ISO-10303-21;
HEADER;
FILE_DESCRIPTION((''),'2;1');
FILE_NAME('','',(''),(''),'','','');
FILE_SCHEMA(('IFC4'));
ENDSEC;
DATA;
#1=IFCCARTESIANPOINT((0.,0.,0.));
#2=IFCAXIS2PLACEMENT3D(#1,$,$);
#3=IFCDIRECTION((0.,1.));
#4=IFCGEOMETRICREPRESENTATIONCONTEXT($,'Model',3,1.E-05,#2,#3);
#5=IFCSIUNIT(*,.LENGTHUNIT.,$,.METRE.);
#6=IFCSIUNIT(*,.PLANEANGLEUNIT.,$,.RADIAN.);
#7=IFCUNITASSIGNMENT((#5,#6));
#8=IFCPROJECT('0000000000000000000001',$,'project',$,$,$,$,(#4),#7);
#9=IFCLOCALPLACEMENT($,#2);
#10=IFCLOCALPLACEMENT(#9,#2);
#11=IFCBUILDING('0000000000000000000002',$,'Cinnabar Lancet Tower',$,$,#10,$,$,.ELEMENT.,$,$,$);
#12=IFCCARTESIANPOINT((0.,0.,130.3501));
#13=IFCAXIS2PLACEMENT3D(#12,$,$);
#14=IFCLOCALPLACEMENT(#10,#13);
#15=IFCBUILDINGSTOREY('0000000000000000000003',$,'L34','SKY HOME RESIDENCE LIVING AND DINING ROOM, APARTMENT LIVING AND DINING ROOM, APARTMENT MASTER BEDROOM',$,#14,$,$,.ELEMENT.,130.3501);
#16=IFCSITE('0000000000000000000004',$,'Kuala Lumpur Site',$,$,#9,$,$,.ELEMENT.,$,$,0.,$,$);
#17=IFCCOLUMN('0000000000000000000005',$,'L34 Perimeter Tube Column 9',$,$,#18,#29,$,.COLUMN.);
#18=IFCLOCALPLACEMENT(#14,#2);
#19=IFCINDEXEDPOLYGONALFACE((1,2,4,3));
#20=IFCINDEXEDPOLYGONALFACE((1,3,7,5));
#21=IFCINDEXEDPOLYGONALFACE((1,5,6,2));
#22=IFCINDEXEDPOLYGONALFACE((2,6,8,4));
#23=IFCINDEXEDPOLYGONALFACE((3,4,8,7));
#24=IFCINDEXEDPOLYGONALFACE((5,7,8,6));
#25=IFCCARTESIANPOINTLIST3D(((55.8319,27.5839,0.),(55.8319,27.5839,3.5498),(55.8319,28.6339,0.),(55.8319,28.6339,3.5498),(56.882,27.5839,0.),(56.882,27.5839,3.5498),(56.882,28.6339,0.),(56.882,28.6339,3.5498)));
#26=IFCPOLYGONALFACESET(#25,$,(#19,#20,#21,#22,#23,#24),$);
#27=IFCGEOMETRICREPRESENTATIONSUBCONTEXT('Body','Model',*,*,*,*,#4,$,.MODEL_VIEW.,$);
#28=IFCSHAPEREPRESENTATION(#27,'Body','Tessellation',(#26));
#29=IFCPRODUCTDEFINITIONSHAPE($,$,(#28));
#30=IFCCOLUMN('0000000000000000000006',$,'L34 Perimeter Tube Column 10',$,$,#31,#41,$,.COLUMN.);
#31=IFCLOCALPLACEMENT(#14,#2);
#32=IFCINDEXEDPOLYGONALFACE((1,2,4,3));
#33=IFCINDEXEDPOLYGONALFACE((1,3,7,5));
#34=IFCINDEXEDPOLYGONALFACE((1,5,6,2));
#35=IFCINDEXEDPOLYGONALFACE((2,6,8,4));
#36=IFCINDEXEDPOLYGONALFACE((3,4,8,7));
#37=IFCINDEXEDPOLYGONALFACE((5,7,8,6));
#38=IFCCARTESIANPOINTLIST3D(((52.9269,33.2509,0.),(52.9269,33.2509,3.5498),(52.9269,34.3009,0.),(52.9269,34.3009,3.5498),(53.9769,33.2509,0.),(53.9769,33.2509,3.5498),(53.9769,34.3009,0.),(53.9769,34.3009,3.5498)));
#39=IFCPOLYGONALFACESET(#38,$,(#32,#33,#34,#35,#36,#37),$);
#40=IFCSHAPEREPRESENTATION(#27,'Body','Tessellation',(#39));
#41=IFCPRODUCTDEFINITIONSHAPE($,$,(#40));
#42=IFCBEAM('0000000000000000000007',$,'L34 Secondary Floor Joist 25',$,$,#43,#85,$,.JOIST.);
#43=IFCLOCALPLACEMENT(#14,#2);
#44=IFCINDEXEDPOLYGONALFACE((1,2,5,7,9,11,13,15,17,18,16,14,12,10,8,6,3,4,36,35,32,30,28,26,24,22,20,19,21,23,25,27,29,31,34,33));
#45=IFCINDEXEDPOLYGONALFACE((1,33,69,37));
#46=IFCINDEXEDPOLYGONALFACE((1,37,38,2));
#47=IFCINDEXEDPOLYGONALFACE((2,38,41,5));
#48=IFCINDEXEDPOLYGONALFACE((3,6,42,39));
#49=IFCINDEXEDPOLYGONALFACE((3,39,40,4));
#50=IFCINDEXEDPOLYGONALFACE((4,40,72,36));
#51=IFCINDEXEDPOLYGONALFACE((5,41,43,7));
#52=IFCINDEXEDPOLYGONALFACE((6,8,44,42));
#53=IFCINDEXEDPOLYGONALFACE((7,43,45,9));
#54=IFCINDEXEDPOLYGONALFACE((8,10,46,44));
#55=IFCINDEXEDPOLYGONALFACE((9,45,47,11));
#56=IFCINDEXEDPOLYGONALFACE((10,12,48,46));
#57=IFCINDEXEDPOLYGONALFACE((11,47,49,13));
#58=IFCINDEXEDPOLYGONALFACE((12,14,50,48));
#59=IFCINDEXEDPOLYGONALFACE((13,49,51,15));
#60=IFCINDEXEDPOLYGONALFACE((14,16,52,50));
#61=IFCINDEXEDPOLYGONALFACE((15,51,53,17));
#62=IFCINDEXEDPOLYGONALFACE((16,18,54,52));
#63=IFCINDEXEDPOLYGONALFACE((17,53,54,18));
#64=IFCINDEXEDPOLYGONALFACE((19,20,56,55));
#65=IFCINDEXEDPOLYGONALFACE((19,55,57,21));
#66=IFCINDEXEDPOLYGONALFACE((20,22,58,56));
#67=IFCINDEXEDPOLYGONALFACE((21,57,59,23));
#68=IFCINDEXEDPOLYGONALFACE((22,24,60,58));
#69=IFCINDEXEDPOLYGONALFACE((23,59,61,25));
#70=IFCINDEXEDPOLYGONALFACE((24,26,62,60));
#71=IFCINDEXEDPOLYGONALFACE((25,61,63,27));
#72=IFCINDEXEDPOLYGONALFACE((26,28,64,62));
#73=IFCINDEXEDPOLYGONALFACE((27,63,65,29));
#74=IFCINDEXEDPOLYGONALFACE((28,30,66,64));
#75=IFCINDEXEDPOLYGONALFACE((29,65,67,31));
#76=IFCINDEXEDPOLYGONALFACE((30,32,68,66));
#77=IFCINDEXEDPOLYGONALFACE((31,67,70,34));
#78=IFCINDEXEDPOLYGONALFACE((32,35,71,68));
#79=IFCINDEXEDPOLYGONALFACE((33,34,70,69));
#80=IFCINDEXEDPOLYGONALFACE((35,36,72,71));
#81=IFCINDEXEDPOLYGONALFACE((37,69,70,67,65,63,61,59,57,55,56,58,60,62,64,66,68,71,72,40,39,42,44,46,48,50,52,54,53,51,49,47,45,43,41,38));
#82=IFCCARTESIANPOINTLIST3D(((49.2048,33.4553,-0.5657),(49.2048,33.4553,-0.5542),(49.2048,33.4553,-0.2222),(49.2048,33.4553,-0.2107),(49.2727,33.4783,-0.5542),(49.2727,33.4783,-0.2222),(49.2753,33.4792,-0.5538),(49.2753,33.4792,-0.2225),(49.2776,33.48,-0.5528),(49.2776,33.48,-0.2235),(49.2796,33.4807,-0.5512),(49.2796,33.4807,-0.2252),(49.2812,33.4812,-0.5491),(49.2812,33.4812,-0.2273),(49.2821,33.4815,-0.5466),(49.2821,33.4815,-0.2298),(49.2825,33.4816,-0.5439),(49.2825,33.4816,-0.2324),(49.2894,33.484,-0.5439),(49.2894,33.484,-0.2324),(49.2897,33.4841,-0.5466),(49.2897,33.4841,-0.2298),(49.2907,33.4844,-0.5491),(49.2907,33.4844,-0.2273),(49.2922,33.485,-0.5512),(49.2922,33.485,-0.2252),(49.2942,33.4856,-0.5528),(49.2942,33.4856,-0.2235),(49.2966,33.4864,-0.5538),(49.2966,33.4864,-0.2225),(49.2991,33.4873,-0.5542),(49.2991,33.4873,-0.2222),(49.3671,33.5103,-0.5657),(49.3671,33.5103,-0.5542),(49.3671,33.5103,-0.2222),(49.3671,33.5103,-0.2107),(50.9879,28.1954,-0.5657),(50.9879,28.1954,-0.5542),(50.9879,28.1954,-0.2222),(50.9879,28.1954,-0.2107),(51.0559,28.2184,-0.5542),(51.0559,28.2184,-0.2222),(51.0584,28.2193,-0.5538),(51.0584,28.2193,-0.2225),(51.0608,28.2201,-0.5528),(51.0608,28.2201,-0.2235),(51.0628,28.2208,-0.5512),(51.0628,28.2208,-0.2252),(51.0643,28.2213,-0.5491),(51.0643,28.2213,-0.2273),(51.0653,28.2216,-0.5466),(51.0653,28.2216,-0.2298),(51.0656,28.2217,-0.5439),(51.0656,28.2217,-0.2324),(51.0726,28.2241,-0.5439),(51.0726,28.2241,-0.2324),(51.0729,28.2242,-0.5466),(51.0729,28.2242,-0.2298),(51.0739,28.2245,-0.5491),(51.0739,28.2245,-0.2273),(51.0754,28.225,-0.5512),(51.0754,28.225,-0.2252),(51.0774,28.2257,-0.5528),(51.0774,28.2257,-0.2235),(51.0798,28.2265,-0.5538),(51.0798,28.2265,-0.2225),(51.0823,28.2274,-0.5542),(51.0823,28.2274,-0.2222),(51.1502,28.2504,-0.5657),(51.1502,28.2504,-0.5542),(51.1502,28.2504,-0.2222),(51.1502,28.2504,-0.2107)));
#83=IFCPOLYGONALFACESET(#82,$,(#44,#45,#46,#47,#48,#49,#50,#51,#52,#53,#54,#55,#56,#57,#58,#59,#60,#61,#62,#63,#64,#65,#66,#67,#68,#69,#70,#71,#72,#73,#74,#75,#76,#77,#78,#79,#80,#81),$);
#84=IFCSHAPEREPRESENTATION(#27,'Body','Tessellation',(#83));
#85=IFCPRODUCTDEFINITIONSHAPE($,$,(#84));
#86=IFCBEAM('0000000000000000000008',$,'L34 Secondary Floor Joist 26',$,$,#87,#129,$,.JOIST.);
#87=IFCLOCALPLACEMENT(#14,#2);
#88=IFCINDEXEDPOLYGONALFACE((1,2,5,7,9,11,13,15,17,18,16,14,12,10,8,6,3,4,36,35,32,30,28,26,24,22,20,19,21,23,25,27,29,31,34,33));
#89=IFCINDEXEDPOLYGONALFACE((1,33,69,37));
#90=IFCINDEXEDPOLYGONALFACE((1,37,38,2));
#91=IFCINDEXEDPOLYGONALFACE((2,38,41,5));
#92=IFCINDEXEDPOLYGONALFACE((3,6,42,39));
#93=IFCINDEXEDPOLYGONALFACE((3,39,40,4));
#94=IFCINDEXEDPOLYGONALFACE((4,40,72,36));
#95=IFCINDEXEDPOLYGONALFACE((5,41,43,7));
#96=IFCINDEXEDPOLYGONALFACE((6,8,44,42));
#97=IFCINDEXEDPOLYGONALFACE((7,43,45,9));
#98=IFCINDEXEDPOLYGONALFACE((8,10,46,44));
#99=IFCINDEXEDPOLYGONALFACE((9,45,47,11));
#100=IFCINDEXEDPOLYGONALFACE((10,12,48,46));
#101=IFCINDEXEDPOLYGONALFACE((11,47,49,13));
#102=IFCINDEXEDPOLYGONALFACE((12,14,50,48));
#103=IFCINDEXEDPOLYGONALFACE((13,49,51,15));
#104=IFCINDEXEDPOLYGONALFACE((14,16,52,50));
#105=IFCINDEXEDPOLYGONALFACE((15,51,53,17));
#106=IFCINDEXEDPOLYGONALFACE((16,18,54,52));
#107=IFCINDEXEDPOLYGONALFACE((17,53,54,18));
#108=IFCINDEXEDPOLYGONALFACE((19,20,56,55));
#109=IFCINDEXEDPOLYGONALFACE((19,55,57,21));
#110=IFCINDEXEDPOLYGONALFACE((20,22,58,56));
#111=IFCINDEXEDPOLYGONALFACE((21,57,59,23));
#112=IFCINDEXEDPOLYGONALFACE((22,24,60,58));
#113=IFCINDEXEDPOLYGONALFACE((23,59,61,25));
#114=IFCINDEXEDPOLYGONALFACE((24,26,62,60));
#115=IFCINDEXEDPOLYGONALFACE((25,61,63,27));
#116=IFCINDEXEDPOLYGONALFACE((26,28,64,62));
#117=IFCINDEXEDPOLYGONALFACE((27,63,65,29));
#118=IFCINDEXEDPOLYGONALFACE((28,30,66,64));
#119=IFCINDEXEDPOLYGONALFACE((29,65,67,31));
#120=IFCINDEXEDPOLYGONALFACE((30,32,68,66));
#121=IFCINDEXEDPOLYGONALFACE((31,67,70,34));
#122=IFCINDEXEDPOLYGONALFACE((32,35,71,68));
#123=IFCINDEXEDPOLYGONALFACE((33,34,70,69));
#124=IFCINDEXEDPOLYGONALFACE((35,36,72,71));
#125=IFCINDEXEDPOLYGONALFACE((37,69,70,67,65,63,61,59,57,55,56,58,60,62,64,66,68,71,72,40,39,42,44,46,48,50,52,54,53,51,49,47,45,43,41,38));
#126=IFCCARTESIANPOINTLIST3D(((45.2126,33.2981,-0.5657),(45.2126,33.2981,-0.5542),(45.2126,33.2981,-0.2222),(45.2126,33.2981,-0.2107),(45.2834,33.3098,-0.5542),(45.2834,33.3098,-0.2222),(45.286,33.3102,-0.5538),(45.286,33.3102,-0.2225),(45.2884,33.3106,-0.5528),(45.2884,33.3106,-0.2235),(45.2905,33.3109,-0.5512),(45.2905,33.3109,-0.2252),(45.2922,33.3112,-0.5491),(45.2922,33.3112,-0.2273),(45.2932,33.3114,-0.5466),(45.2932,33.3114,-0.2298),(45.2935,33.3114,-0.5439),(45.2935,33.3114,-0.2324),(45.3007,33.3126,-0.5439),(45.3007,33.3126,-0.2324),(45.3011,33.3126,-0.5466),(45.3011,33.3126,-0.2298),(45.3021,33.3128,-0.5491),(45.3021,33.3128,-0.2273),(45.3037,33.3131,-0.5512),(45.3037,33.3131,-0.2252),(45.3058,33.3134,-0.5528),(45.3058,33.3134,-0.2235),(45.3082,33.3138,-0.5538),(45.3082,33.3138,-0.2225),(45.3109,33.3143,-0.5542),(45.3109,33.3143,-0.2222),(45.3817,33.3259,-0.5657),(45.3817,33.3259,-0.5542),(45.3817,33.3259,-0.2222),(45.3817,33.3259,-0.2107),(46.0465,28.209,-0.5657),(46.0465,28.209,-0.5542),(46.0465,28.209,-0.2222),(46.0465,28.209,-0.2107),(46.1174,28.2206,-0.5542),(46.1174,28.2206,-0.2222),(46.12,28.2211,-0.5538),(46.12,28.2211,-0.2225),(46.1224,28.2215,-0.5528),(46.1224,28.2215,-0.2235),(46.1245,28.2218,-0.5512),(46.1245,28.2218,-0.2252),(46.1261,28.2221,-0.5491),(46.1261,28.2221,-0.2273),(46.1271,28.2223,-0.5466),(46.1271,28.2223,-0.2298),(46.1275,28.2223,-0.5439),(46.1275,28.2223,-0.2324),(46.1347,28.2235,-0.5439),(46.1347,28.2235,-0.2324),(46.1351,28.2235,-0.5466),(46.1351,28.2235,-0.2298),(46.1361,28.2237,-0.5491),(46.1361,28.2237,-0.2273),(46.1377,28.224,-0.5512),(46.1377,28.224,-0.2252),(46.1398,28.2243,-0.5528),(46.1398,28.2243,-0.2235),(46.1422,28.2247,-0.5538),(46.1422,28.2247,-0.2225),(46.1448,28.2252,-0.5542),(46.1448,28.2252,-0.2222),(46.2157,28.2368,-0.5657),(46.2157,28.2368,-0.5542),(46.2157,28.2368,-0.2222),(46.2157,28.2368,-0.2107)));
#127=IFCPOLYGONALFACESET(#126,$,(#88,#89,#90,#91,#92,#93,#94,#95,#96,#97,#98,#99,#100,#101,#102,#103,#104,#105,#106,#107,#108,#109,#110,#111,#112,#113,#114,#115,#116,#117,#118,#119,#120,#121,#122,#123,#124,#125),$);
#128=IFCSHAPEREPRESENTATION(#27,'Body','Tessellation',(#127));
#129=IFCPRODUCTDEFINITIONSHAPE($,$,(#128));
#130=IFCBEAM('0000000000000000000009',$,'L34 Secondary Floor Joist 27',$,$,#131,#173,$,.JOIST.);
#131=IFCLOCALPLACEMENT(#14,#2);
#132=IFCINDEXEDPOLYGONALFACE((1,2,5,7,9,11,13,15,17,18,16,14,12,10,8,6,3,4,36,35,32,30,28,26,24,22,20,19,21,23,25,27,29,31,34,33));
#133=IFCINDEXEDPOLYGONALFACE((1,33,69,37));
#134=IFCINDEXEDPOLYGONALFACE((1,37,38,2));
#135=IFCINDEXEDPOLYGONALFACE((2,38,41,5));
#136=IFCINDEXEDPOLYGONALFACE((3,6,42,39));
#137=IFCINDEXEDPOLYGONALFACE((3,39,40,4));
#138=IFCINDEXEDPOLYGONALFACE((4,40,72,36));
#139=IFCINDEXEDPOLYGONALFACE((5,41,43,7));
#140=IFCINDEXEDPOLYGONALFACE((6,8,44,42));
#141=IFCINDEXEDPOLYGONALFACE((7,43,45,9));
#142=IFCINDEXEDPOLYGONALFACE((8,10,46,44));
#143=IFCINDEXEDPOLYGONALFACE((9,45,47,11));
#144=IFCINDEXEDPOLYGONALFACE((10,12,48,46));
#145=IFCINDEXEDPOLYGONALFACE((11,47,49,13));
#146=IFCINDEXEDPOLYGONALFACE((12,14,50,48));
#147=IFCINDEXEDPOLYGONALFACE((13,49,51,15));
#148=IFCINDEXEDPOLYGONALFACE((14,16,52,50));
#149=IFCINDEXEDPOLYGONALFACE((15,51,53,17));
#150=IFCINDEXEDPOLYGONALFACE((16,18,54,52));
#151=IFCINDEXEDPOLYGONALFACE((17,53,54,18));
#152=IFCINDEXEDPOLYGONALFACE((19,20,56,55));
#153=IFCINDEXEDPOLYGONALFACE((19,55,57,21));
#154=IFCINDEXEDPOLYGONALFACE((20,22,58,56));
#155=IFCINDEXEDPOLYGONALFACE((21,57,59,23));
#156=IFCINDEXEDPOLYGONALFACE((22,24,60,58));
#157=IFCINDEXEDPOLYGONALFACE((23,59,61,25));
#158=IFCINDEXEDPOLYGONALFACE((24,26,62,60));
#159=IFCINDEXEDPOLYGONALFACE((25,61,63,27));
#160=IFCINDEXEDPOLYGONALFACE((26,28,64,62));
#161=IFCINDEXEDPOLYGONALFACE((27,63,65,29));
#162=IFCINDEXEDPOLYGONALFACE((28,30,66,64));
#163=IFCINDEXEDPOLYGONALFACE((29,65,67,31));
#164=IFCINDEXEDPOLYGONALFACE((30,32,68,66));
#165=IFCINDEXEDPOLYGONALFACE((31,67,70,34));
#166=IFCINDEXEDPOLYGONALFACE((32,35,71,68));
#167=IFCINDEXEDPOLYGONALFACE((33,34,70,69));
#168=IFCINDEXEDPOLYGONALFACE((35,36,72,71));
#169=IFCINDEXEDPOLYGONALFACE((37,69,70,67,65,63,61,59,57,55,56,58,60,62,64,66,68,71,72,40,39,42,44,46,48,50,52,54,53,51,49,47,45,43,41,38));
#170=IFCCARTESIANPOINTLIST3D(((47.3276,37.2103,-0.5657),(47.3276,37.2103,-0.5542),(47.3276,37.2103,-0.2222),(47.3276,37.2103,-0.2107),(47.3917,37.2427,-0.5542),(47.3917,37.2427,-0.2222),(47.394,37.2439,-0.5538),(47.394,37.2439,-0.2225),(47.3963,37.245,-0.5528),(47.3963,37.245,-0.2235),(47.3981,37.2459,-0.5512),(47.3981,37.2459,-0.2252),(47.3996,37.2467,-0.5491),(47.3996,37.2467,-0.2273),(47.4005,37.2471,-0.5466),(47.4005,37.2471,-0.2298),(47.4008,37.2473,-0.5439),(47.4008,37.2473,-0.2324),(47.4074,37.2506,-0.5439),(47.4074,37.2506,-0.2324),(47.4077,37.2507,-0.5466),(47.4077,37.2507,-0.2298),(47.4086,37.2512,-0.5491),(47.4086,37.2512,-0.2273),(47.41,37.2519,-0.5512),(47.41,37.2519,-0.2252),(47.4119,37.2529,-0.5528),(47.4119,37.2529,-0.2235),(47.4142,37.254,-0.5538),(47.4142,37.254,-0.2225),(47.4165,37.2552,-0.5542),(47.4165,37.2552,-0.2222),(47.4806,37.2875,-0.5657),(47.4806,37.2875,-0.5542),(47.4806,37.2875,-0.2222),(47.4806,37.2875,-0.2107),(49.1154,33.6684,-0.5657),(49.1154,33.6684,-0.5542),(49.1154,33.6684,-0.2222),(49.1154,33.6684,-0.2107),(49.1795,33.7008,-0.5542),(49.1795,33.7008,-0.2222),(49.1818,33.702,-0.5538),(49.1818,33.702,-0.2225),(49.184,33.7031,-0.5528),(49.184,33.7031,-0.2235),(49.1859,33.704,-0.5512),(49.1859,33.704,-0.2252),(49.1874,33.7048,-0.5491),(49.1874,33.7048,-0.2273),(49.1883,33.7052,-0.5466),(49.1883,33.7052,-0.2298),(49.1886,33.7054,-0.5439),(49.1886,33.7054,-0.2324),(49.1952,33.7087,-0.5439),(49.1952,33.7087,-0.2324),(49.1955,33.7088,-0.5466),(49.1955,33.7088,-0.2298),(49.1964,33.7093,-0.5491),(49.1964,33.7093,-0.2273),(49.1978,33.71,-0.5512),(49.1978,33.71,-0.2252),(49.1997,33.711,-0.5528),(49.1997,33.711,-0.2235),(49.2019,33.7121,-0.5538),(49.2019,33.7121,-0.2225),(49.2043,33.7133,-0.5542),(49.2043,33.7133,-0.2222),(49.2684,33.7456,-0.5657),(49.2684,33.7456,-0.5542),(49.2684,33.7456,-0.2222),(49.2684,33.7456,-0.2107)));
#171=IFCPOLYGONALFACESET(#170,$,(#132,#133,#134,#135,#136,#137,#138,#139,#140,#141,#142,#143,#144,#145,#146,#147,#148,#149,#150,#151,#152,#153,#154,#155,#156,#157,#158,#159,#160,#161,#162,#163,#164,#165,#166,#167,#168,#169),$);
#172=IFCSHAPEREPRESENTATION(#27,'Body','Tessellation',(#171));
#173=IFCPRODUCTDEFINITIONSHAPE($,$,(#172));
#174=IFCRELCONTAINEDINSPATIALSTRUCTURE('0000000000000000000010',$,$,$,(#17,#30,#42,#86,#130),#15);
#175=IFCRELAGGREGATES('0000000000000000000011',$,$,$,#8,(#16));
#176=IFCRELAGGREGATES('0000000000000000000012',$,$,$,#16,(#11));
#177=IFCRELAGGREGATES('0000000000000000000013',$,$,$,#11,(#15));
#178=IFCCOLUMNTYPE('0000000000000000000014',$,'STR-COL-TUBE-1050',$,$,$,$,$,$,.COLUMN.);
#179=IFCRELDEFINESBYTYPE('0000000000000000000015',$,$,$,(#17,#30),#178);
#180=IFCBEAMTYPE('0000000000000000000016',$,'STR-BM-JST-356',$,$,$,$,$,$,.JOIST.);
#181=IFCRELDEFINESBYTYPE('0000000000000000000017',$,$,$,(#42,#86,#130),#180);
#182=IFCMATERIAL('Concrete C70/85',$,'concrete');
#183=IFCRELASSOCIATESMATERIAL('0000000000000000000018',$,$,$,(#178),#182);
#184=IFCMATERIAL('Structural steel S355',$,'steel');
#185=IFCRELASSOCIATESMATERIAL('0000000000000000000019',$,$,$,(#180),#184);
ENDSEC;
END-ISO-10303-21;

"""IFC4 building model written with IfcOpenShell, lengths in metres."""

from ifc_helpers import new_model, si_unit, direction, frame, origin, origin_2d, place, context, subcontext, project, spatial, rectangle, i_section, extrude, material, material_profile, profile_set, type_object, element, save


model = new_model("IFC4")

# Units and contexts
model_context = context("Model", 3, precision=1e-05, world=origin(), true_north=direction((0.0, 1.0)))
body_context = subcontext(model_context, "Body", "Model", "MODEL_VIEW")
ifc_project = project(units=[si_unit("LENGTHUNIT", "METRE"), si_unit("PLANEANGLEUNIT", "RADIAN")], contexts=[model_context])

# Site, building, storey
site_placement = place(None, origin())
site = spatial("IfcSite", under=ifc_project, at=site_placement, Name="Kuala Lumpur Site", CompositionType="ELEMENT", RefElevation=0.0)
building_placement = place(site_placement, origin())
building = spatial("IfcBuilding", under=site, at=building_placement, Name="Cinnabar Lancet Tower", CompositionType="ELEMENT")
storey_placement = place(building_placement, frame((0.0, 0.0, 130.3501)))
storey = spatial("IfcBuildingStorey", under=building, at=storey_placement, Name="L34", Description="SKY HOME RESIDENCE LIVING AND DINING ROOM, APARTMENT LIVING AND DINING ROOM, APARTMENT MASTER BEDROOM", CompositionType="ELEMENT", Elevation=130.3501)

# Columns
ifc_material_1 = material(Name="Concrete C70/85", Category="concrete")
ifc_material_profile_1 = material_profile(ifc_material_1, rectangle(XDim=1.05, YDim=1.05, at=origin_2d()), Name="RC-COL 1050x1050")
ifc_profile_set_1 = profile_set([ifc_material_profile_1], Name="Concrete C70/85")
column_type = type_object("IfcColumnType", Name="STR-COL-TUBE-1050", PredefinedType="COLUMN", material=ifc_profile_set_1)
for number, where, z_axis, x_axis, name in (
    (1, (56.3569, 28.1089, 0.0), (0.0, 0.0, 1.0), (1.0, 0.0, 0.0), "L34 Perimeter Tube Column 9"),
    (2, (53.4519, 33.7759, 0.0), (0.0, 0.0, 1.0), (1.0, 0.0, 0.0), "L34 Perimeter Tube Column 10"),
):
    element("IfcColumn", number, at=place(storey_placement, frame(where, z_axis=z_axis, x_axis=x_axis)), inside=storey, type_object=column_type, Name=name, PredefinedType="COLUMN", context=body_context, shape_type="SweptSolid", body=[
        extrude(rectangle(XDim=1.05, YDim=1.05, at=origin_2d()), origin(), (0.0, 0.0, 1.0), 3.5498),
    ])

# Beams
ifc_material_2 = material(Name="Structural steel S355", Category="steel")
ifc_material_profile_2 = material_profile(ifc_material_2, i_section(OverallWidth=0.1714, OverallDepth=0.355, WebThickness=0.0073, FlangeThickness=0.0115, FilletRadius=0.0103, at=origin_2d()), Name="UKB 356x171x51")
ifc_profile_set_2 = profile_set([ifc_material_profile_2], Name="Structural steel S355")
beam_type_1 = type_object("IfcBeamType", Name="STR-BM-JST-356", PredefinedType="JOIST", material=ifc_profile_set_2)
beam_1_placement = place(storey_placement, frame((51.0691, 28.2229, -0.3882), z_axis=(-0.321063, 0.947058, 0.0), x_axis=(-0.947058, -0.321063, 0.0)))
element("IfcBeam", 3, at=beam_1_placement, inside=storey, type_object=beam_type_1, Name="L34 Secondary Floor Joist 25", PredefinedType="JOIST", context=body_context, shape_type="SweptSolid", body=[
    extrude(i_section(OverallWidth=0.1714, OverallDepth=0.355, WebThickness=0.0073, FlangeThickness=0.0115, FilletRadius=0.0103, at=origin_2d()), origin(), (0.0, 0.0, 1.0), 5.554),
])
beam_2_placement = place(storey_placement, frame((46.1311, 28.2229, -0.3882), z_axis=(-0.161719, 0.986837, 0.0), x_axis=(-0.986837, -0.161719, 0.0)))
element("IfcBeam", 4, at=beam_2_placement, inside=storey, type_object=beam_type_1, Name="L34 Secondary Floor Joist 26", PredefinedType="JOIST", context=body_context, shape_type="SweptSolid", body=[
    extrude(i_section(OverallWidth=0.1714, OverallDepth=0.355, WebThickness=0.0073, FlangeThickness=0.0115, FilletRadius=0.0103, at=origin_2d()), origin(), (0.0, 0.0, 1.0), 5.157),
])
beam_3_placement = place(storey_placement, frame((49.1919, 33.707, -0.3882), z_axis=(-0.450607, 0.892722, 0.0), x_axis=(-0.892722, -0.450607, 0.0)))
element("IfcBeam", 5, at=beam_3_placement, inside=storey, type_object=beam_type_1, Name="L34 Secondary Floor Joist 27", PredefinedType="JOIST", context=body_context, shape_type="SweptSolid", body=[
    extrude(i_section(OverallWidth=0.1714, OverallDepth=0.355, WebThickness=0.0073, FlangeThickness=0.0115, FilletRadius=0.0103, at=origin_2d()), origin(), (0.0, 0.0, 1.0), 3.9675),
])

save(model, "model.ifc")
